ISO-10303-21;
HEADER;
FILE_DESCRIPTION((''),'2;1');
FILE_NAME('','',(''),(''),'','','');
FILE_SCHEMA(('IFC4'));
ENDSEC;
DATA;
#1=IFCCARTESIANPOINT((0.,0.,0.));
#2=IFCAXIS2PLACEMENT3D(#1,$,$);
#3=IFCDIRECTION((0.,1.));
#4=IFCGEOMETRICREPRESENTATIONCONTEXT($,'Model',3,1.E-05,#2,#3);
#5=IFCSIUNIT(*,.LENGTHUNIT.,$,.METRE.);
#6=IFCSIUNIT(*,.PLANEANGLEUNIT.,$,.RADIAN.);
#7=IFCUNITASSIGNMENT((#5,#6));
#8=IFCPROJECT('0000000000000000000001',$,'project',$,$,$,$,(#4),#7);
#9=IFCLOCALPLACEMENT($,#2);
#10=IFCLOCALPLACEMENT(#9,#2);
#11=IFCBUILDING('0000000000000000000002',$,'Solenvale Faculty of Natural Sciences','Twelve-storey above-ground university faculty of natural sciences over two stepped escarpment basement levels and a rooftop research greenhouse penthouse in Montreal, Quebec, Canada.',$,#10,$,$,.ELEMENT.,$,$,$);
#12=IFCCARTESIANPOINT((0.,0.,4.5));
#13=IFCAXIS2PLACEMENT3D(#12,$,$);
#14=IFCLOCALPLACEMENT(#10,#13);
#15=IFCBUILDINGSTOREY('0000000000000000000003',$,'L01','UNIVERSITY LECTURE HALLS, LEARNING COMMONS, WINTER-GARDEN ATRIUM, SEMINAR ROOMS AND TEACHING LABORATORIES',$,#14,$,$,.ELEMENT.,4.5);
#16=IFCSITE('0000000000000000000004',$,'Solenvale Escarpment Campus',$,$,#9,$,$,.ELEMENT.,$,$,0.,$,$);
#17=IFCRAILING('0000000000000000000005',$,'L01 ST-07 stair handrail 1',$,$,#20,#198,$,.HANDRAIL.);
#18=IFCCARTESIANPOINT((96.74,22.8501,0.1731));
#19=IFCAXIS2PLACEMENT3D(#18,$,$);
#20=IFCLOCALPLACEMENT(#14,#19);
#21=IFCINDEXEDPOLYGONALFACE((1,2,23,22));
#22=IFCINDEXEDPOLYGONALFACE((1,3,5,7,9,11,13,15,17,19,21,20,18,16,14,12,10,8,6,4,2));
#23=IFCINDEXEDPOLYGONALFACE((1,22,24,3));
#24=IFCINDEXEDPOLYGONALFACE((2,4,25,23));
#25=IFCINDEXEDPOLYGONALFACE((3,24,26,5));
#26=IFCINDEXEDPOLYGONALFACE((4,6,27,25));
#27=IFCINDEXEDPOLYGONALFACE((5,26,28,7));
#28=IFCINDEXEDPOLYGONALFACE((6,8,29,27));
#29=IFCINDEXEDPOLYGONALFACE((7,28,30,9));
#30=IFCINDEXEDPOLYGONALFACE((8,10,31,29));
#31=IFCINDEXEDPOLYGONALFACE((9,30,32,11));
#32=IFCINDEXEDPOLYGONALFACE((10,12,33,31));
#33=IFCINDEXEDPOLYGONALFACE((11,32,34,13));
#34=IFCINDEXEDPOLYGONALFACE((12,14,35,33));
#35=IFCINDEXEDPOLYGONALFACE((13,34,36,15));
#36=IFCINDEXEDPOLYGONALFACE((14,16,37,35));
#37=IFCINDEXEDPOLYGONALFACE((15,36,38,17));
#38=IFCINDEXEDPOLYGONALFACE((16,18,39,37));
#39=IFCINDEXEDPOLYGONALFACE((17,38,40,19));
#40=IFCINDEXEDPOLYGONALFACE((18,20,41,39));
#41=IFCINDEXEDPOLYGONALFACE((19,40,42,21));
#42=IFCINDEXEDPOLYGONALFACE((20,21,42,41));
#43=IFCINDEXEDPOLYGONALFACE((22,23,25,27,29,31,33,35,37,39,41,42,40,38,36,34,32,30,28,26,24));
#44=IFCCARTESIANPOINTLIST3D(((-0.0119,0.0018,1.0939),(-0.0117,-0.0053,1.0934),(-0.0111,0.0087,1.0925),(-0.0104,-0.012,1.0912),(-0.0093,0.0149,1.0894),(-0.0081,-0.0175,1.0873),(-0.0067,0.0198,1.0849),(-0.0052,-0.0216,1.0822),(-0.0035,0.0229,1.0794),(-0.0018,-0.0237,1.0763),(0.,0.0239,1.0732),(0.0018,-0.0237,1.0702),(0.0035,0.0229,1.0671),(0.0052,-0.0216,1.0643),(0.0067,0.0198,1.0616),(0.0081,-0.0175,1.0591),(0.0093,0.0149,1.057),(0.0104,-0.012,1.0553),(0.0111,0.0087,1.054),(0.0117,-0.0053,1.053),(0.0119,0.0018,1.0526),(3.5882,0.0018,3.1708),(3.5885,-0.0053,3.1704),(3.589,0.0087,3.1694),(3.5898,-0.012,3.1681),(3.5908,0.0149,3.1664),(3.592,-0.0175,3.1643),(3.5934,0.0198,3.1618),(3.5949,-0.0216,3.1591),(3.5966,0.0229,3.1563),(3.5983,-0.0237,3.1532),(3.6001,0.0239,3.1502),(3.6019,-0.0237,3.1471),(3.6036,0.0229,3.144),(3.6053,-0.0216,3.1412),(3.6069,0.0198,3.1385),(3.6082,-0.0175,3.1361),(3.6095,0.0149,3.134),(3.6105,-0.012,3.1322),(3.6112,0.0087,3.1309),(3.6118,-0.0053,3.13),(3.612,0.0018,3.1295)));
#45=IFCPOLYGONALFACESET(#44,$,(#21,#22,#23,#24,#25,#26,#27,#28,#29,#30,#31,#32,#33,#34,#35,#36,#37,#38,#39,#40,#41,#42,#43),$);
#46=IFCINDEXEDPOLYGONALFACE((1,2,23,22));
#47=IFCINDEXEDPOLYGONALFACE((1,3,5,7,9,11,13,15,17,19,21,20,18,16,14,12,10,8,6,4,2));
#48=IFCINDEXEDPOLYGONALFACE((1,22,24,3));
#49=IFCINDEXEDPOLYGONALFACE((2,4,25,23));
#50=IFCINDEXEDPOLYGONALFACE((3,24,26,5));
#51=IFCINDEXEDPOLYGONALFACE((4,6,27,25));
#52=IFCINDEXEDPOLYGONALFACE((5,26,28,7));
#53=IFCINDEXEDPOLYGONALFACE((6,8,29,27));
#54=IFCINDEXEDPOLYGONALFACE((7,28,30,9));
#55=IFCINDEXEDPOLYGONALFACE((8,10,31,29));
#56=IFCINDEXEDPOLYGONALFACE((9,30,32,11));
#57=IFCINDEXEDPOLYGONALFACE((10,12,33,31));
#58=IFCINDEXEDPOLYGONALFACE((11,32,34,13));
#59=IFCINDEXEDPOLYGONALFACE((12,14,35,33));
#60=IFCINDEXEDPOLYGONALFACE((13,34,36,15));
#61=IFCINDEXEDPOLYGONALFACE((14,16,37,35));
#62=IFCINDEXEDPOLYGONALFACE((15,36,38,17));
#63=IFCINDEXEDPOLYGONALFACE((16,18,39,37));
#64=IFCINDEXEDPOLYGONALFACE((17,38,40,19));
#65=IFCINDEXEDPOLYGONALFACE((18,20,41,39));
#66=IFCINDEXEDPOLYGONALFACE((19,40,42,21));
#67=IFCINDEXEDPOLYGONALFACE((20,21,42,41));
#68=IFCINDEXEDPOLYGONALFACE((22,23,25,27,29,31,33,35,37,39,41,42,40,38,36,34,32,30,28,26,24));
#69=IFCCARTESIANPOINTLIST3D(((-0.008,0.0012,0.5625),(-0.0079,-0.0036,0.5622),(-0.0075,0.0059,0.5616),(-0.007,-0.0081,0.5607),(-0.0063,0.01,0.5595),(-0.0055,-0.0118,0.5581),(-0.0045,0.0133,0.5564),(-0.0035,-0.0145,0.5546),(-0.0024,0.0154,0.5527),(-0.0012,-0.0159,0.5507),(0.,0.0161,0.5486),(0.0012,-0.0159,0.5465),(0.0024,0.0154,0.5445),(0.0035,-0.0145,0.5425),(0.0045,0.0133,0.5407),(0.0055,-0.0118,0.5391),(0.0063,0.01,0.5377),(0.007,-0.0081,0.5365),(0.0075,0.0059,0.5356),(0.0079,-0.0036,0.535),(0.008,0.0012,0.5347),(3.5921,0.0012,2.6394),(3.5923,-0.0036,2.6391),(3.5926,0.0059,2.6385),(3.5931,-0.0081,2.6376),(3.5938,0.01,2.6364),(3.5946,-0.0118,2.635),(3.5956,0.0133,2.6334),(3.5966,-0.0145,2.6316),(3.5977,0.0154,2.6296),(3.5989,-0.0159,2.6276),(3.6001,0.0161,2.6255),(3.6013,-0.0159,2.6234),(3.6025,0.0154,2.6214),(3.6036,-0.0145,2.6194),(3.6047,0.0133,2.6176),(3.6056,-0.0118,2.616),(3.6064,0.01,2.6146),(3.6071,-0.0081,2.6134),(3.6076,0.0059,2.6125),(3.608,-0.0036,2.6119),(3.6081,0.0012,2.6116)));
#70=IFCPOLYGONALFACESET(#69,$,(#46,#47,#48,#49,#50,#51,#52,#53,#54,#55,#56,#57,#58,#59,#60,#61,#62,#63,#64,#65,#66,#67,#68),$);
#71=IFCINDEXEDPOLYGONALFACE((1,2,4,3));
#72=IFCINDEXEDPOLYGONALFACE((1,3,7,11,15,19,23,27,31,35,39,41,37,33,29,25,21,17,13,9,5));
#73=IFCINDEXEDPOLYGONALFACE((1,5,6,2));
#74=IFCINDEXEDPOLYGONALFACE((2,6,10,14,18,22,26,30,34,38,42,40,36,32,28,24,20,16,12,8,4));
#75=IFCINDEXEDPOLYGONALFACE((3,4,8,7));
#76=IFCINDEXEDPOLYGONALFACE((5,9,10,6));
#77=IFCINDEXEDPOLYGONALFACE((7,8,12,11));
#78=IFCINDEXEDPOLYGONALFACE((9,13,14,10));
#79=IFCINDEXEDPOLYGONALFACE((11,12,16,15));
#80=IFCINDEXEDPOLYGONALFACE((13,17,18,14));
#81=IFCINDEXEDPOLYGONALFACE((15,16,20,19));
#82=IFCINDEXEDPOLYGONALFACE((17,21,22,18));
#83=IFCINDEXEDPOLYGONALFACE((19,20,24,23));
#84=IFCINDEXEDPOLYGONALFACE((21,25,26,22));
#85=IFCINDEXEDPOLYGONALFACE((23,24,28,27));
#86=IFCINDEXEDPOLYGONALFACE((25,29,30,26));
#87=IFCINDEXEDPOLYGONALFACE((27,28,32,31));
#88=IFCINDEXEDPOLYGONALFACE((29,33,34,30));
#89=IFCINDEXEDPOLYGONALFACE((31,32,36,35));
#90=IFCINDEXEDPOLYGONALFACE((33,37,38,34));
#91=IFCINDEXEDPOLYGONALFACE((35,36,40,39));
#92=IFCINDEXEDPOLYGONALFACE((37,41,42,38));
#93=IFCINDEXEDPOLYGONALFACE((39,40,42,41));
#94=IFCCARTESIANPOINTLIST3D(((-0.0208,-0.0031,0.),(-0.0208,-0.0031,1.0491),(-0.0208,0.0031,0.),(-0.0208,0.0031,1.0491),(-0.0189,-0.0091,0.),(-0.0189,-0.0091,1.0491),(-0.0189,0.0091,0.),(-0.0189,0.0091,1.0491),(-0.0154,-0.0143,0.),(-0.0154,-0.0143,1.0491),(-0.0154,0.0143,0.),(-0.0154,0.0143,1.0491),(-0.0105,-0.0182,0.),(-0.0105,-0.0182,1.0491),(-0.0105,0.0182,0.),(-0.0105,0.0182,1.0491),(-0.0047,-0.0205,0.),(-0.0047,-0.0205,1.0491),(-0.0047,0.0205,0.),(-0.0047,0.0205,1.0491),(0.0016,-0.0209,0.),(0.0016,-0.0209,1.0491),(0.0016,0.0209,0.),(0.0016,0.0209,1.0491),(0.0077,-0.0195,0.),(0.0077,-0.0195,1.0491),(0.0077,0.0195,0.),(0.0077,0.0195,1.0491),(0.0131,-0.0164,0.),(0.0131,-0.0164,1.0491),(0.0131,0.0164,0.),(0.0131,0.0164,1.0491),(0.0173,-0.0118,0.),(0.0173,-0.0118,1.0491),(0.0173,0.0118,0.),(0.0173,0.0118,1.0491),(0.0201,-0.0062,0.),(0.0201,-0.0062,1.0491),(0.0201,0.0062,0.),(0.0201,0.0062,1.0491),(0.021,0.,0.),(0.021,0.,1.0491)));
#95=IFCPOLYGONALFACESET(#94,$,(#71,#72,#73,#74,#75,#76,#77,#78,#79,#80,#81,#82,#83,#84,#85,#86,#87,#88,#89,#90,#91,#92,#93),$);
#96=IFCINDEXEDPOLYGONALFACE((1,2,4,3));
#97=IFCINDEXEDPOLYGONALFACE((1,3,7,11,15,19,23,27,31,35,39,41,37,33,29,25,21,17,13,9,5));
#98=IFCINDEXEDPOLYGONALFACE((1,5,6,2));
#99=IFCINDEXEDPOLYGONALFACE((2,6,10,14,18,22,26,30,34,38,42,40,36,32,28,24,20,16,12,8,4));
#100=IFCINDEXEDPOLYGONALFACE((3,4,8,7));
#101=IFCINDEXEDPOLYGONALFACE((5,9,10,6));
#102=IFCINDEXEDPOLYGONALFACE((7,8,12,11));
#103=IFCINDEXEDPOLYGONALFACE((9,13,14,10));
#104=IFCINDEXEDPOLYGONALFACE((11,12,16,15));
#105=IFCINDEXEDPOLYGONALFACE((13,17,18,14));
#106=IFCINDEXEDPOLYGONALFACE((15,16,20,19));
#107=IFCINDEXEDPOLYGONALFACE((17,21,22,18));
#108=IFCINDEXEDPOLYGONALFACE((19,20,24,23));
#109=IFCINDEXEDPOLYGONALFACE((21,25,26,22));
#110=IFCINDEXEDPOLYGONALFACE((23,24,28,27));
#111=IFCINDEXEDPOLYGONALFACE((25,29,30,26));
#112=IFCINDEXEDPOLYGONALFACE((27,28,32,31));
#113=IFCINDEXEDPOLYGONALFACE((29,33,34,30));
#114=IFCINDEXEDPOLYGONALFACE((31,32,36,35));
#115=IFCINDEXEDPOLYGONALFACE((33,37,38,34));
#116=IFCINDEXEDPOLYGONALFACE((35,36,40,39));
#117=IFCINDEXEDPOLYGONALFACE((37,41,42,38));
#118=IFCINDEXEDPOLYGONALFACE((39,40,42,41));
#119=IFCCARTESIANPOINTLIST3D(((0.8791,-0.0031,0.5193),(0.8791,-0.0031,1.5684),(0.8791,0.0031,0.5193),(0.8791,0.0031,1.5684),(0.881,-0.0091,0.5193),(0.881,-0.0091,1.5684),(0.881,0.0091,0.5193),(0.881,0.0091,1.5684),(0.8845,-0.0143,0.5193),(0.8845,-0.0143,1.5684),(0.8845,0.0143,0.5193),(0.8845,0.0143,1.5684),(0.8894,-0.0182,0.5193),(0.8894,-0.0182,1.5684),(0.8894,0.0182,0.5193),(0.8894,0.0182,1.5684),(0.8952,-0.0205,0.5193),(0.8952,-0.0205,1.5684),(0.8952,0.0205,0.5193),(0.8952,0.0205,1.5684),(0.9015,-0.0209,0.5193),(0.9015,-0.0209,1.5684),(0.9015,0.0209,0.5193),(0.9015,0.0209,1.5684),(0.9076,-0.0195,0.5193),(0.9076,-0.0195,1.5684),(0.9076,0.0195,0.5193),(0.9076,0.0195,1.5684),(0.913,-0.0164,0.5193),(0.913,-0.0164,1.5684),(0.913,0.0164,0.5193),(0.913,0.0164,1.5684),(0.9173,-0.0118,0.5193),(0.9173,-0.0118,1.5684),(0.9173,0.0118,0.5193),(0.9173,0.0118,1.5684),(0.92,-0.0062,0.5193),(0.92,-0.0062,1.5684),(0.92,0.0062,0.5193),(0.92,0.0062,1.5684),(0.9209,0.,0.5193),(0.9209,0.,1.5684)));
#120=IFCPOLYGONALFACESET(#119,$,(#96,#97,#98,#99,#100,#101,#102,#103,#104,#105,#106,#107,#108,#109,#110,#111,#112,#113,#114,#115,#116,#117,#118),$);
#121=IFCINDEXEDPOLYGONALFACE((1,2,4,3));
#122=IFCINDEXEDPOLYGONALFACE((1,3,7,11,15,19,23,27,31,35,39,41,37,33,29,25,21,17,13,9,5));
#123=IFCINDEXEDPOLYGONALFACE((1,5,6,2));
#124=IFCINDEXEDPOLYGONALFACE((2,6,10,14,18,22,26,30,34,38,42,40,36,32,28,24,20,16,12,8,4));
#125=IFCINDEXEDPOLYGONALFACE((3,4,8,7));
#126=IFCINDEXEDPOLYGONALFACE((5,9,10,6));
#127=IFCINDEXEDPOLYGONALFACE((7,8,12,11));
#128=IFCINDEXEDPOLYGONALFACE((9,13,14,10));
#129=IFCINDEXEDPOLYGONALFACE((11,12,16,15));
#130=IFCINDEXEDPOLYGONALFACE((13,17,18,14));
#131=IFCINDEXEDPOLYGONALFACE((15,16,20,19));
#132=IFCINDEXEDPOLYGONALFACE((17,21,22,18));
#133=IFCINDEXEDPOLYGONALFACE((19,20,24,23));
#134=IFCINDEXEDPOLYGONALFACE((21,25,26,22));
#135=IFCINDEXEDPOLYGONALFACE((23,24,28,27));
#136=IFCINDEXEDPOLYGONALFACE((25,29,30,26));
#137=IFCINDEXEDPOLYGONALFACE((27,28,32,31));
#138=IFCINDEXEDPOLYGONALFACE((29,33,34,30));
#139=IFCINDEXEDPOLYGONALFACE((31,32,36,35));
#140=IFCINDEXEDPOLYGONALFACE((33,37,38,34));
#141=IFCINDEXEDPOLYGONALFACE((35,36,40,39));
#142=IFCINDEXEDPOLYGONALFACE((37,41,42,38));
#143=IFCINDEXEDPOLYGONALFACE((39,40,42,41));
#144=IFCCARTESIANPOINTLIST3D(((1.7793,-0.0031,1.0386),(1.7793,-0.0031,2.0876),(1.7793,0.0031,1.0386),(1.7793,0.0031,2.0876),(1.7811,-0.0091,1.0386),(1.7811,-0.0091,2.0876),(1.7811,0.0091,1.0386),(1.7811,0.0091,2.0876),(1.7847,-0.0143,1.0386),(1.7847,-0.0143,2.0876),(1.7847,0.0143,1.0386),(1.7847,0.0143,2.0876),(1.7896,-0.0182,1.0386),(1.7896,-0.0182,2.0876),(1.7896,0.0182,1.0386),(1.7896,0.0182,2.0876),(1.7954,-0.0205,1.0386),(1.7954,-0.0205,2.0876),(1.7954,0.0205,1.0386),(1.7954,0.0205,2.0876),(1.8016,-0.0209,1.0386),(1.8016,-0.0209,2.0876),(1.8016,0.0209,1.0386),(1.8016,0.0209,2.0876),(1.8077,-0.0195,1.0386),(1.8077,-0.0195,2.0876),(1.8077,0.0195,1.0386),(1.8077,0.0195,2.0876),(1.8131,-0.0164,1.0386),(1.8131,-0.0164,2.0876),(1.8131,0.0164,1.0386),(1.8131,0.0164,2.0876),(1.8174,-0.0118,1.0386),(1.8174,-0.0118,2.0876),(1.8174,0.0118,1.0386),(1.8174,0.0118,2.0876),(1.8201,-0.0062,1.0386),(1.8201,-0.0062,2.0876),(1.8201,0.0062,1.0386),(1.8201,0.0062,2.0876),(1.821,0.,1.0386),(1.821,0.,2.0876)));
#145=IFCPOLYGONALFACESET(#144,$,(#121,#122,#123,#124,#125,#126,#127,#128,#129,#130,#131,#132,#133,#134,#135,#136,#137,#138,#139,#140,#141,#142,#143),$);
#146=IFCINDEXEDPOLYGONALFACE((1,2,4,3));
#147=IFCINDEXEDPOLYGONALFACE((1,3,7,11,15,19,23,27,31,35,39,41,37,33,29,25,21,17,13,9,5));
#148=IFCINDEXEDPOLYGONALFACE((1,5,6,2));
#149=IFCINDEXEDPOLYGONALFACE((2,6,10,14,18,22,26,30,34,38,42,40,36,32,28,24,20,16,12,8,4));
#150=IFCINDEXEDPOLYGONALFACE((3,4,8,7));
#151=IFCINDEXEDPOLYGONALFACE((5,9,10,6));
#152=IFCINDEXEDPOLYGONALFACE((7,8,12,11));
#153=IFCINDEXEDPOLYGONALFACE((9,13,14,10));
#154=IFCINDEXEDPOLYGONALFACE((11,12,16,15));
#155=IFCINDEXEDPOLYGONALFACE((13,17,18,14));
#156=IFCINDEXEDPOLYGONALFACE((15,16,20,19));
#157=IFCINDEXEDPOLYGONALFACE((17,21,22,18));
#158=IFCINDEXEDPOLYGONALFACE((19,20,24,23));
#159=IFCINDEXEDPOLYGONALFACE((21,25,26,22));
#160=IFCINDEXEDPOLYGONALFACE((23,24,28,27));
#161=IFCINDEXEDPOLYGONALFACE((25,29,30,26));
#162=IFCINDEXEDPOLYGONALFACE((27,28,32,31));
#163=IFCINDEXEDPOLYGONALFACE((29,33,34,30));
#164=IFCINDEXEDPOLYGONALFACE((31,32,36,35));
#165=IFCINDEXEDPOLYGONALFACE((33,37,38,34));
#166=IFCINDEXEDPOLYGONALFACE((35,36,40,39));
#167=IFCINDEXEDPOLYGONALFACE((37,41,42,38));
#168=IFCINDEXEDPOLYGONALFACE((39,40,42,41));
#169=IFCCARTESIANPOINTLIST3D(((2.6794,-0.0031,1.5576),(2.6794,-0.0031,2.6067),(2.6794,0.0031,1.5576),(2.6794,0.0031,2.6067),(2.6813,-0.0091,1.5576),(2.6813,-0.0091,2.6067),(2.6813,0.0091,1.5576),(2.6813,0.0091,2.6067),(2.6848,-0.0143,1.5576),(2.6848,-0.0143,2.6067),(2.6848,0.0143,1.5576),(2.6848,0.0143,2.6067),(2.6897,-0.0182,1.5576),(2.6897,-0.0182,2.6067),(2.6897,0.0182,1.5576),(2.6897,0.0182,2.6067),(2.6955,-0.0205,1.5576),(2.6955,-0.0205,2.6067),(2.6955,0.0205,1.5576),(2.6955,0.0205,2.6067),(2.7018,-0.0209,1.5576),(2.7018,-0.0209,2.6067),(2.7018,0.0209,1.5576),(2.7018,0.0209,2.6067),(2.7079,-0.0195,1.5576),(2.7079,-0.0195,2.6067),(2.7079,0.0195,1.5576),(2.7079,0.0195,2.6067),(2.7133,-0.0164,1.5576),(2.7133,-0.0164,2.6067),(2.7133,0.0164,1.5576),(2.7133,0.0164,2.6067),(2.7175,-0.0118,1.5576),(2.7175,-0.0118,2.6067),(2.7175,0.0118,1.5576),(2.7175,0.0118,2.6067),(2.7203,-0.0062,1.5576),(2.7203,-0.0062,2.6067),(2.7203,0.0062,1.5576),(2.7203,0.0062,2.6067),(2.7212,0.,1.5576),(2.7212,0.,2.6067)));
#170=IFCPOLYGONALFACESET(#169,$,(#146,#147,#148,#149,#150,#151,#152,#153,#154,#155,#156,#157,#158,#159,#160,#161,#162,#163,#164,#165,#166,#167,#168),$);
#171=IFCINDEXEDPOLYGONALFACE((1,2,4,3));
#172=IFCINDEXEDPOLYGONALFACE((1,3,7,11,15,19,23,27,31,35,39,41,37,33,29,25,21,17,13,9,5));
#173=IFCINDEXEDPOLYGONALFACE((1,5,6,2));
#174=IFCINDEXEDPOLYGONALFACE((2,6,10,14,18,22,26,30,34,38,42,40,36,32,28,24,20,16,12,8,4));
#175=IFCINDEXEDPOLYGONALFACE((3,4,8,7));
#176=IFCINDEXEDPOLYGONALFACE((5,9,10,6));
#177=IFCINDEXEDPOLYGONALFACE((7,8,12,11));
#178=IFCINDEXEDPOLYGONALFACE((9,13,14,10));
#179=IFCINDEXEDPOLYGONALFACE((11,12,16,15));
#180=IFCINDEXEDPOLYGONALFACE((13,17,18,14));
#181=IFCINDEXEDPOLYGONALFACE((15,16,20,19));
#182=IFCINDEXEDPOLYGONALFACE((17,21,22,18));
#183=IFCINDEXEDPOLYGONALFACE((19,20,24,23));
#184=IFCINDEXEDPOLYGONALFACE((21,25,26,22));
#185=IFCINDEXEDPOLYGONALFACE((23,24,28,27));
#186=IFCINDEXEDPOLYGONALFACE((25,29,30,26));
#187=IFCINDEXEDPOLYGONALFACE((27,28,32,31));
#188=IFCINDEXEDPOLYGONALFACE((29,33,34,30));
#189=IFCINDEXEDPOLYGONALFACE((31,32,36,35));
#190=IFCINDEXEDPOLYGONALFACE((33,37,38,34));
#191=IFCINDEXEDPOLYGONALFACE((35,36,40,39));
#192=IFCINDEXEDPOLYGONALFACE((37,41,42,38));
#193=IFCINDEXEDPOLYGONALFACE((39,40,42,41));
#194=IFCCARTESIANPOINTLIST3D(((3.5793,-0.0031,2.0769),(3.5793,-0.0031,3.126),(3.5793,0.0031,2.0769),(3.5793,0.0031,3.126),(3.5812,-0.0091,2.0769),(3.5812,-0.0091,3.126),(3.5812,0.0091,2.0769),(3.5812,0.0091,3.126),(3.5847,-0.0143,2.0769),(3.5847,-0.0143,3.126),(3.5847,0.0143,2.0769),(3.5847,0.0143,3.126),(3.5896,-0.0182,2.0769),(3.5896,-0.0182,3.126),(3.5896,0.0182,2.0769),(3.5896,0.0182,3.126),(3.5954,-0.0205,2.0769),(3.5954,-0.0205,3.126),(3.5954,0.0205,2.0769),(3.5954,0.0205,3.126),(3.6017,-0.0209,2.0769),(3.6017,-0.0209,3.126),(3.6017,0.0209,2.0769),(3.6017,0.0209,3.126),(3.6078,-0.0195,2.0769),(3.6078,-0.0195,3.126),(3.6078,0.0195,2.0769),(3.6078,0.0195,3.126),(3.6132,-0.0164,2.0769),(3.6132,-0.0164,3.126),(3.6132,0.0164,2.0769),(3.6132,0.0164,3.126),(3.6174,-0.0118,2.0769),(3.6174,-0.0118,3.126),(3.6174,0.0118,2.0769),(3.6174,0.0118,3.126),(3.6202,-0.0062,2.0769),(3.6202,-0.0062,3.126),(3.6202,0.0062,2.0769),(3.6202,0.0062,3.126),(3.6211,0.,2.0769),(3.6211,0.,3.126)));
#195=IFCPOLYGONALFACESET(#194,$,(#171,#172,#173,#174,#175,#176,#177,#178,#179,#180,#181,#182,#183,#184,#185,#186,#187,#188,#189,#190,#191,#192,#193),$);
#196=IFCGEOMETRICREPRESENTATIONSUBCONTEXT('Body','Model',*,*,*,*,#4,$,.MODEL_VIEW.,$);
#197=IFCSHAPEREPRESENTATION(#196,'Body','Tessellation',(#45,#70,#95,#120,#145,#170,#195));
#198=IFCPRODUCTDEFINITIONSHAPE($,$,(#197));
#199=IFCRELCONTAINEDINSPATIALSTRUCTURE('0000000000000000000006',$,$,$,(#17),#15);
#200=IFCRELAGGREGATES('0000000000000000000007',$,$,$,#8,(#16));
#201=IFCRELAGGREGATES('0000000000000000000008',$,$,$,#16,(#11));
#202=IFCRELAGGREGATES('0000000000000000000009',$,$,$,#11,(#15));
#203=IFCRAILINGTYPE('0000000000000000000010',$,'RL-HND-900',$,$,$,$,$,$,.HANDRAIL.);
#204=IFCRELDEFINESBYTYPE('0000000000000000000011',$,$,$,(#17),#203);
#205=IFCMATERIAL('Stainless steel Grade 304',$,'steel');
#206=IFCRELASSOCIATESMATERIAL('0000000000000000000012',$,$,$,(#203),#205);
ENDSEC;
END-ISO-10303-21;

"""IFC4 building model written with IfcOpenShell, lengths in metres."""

from ifc_helpers import new_model, si_unit, direction, frame, origin, origin_2d, place, context, subcontext, project, spatial, circle, extrude, material, type_object, element, save


model = new_model("IFC4")

# Units and contexts
model_context = context("Model", 3, precision=1e-05, world=origin(), true_north=direction((0.0, 1.0)))
body_context = subcontext(model_context, "Body", "Model", "MODEL_VIEW")
ifc_project = project(units=[si_unit("LENGTHUNIT", "METRE"), si_unit("PLANEANGLEUNIT", "RADIAN")], contexts=[model_context])

# Site, building, storey
site_placement = place(None, origin())
site = spatial("IfcSite", under=ifc_project, at=site_placement, Name="Solenvale Escarpment Campus", CompositionType="ELEMENT", RefElevation=0.0)
building_placement = place(site_placement, origin())
building = spatial("IfcBuilding", under=site, at=building_placement, Name="Solenvale Faculty of Natural Sciences", Description="Twelve-storey above-ground university faculty of natural sciences over two stepped escarpment basement levels and a rooftop research greenhouse penthouse in Montreal, Quebec, Canada.", CompositionType="ELEMENT")
storey_placement = place(building_placement, frame((0.0, 0.0, 4.5)))
storey = spatial("IfcBuildingStorey", under=building, at=storey_placement, Name="L01", Description="UNIVERSITY LECTURE HALLS, LEARNING COMMONS, WINTER-GARDEN ATRIUM, SEMINAR ROOMS AND TEACHING LABORATORIES", CompositionType="ELEMENT", Elevation=4.5)

# Railing
ifc_material_1 = material(Name="Stainless steel Grade 304", Category="steel")
railing_type_1 = type_object("IfcRailingType", Name="RL-HND-900", PredefinedType="HANDRAIL", material=ifc_material_1)
railing_1_placement = place(storey_placement, frame((96.74, 22.8501, 0.1731)))
element("IfcRailing", 1, at=railing_1_placement, inside=storey, type_object=railing_type_1, Name="L01 ST-07 stair handrail 1", PredefinedType="HANDRAIL", context=body_context, shape_type="SweptSolid", body=[
    extrude(circle(Radius=0.0239, at=origin_2d()), frame((0.0, 0.0, 1.0732), z_axis=(0.866193, 0.0, 0.499709), x_axis=(0.0, 1.0, 0.0)), (0.0, 0.0, 1.0), 4.1562),
    extrude(circle(Radius=0.0161, at=origin_2d()), frame((0.0, 0.0, 0.5486), z_axis=(0.866193, 0.0, 0.499709), x_axis=(0.0, 1.0, 0.0)), (0.0, 0.0, 1.0), 4.1562),
    extrude(circle(Radius=0.021, at=origin_2d()), origin(), (0.0, 0.0, 1.0), 1.0491),
    extrude(circle(Radius=0.021, at=origin_2d()), frame((0.8999, 0.0, 0.5193)), (0.0, 0.0, 1.0), 1.0491),
    extrude(circle(Radius=0.021, at=origin_2d()), frame((1.8, 0.0, 1.0386)), (0.0, 0.0, 1.0), 1.0491),
    extrude(circle(Radius=0.021, at=origin_2d()), frame((2.7002, 0.0, 1.5576)), (0.0, 0.0, 1.0), 1.0491),
    extrude(circle(Radius=0.021, at=origin_2d()), frame((3.6001, 0.0, 2.0769)), (0.0, 0.0, 1.0), 1.0491),
])

save(model, "model.ifc")
